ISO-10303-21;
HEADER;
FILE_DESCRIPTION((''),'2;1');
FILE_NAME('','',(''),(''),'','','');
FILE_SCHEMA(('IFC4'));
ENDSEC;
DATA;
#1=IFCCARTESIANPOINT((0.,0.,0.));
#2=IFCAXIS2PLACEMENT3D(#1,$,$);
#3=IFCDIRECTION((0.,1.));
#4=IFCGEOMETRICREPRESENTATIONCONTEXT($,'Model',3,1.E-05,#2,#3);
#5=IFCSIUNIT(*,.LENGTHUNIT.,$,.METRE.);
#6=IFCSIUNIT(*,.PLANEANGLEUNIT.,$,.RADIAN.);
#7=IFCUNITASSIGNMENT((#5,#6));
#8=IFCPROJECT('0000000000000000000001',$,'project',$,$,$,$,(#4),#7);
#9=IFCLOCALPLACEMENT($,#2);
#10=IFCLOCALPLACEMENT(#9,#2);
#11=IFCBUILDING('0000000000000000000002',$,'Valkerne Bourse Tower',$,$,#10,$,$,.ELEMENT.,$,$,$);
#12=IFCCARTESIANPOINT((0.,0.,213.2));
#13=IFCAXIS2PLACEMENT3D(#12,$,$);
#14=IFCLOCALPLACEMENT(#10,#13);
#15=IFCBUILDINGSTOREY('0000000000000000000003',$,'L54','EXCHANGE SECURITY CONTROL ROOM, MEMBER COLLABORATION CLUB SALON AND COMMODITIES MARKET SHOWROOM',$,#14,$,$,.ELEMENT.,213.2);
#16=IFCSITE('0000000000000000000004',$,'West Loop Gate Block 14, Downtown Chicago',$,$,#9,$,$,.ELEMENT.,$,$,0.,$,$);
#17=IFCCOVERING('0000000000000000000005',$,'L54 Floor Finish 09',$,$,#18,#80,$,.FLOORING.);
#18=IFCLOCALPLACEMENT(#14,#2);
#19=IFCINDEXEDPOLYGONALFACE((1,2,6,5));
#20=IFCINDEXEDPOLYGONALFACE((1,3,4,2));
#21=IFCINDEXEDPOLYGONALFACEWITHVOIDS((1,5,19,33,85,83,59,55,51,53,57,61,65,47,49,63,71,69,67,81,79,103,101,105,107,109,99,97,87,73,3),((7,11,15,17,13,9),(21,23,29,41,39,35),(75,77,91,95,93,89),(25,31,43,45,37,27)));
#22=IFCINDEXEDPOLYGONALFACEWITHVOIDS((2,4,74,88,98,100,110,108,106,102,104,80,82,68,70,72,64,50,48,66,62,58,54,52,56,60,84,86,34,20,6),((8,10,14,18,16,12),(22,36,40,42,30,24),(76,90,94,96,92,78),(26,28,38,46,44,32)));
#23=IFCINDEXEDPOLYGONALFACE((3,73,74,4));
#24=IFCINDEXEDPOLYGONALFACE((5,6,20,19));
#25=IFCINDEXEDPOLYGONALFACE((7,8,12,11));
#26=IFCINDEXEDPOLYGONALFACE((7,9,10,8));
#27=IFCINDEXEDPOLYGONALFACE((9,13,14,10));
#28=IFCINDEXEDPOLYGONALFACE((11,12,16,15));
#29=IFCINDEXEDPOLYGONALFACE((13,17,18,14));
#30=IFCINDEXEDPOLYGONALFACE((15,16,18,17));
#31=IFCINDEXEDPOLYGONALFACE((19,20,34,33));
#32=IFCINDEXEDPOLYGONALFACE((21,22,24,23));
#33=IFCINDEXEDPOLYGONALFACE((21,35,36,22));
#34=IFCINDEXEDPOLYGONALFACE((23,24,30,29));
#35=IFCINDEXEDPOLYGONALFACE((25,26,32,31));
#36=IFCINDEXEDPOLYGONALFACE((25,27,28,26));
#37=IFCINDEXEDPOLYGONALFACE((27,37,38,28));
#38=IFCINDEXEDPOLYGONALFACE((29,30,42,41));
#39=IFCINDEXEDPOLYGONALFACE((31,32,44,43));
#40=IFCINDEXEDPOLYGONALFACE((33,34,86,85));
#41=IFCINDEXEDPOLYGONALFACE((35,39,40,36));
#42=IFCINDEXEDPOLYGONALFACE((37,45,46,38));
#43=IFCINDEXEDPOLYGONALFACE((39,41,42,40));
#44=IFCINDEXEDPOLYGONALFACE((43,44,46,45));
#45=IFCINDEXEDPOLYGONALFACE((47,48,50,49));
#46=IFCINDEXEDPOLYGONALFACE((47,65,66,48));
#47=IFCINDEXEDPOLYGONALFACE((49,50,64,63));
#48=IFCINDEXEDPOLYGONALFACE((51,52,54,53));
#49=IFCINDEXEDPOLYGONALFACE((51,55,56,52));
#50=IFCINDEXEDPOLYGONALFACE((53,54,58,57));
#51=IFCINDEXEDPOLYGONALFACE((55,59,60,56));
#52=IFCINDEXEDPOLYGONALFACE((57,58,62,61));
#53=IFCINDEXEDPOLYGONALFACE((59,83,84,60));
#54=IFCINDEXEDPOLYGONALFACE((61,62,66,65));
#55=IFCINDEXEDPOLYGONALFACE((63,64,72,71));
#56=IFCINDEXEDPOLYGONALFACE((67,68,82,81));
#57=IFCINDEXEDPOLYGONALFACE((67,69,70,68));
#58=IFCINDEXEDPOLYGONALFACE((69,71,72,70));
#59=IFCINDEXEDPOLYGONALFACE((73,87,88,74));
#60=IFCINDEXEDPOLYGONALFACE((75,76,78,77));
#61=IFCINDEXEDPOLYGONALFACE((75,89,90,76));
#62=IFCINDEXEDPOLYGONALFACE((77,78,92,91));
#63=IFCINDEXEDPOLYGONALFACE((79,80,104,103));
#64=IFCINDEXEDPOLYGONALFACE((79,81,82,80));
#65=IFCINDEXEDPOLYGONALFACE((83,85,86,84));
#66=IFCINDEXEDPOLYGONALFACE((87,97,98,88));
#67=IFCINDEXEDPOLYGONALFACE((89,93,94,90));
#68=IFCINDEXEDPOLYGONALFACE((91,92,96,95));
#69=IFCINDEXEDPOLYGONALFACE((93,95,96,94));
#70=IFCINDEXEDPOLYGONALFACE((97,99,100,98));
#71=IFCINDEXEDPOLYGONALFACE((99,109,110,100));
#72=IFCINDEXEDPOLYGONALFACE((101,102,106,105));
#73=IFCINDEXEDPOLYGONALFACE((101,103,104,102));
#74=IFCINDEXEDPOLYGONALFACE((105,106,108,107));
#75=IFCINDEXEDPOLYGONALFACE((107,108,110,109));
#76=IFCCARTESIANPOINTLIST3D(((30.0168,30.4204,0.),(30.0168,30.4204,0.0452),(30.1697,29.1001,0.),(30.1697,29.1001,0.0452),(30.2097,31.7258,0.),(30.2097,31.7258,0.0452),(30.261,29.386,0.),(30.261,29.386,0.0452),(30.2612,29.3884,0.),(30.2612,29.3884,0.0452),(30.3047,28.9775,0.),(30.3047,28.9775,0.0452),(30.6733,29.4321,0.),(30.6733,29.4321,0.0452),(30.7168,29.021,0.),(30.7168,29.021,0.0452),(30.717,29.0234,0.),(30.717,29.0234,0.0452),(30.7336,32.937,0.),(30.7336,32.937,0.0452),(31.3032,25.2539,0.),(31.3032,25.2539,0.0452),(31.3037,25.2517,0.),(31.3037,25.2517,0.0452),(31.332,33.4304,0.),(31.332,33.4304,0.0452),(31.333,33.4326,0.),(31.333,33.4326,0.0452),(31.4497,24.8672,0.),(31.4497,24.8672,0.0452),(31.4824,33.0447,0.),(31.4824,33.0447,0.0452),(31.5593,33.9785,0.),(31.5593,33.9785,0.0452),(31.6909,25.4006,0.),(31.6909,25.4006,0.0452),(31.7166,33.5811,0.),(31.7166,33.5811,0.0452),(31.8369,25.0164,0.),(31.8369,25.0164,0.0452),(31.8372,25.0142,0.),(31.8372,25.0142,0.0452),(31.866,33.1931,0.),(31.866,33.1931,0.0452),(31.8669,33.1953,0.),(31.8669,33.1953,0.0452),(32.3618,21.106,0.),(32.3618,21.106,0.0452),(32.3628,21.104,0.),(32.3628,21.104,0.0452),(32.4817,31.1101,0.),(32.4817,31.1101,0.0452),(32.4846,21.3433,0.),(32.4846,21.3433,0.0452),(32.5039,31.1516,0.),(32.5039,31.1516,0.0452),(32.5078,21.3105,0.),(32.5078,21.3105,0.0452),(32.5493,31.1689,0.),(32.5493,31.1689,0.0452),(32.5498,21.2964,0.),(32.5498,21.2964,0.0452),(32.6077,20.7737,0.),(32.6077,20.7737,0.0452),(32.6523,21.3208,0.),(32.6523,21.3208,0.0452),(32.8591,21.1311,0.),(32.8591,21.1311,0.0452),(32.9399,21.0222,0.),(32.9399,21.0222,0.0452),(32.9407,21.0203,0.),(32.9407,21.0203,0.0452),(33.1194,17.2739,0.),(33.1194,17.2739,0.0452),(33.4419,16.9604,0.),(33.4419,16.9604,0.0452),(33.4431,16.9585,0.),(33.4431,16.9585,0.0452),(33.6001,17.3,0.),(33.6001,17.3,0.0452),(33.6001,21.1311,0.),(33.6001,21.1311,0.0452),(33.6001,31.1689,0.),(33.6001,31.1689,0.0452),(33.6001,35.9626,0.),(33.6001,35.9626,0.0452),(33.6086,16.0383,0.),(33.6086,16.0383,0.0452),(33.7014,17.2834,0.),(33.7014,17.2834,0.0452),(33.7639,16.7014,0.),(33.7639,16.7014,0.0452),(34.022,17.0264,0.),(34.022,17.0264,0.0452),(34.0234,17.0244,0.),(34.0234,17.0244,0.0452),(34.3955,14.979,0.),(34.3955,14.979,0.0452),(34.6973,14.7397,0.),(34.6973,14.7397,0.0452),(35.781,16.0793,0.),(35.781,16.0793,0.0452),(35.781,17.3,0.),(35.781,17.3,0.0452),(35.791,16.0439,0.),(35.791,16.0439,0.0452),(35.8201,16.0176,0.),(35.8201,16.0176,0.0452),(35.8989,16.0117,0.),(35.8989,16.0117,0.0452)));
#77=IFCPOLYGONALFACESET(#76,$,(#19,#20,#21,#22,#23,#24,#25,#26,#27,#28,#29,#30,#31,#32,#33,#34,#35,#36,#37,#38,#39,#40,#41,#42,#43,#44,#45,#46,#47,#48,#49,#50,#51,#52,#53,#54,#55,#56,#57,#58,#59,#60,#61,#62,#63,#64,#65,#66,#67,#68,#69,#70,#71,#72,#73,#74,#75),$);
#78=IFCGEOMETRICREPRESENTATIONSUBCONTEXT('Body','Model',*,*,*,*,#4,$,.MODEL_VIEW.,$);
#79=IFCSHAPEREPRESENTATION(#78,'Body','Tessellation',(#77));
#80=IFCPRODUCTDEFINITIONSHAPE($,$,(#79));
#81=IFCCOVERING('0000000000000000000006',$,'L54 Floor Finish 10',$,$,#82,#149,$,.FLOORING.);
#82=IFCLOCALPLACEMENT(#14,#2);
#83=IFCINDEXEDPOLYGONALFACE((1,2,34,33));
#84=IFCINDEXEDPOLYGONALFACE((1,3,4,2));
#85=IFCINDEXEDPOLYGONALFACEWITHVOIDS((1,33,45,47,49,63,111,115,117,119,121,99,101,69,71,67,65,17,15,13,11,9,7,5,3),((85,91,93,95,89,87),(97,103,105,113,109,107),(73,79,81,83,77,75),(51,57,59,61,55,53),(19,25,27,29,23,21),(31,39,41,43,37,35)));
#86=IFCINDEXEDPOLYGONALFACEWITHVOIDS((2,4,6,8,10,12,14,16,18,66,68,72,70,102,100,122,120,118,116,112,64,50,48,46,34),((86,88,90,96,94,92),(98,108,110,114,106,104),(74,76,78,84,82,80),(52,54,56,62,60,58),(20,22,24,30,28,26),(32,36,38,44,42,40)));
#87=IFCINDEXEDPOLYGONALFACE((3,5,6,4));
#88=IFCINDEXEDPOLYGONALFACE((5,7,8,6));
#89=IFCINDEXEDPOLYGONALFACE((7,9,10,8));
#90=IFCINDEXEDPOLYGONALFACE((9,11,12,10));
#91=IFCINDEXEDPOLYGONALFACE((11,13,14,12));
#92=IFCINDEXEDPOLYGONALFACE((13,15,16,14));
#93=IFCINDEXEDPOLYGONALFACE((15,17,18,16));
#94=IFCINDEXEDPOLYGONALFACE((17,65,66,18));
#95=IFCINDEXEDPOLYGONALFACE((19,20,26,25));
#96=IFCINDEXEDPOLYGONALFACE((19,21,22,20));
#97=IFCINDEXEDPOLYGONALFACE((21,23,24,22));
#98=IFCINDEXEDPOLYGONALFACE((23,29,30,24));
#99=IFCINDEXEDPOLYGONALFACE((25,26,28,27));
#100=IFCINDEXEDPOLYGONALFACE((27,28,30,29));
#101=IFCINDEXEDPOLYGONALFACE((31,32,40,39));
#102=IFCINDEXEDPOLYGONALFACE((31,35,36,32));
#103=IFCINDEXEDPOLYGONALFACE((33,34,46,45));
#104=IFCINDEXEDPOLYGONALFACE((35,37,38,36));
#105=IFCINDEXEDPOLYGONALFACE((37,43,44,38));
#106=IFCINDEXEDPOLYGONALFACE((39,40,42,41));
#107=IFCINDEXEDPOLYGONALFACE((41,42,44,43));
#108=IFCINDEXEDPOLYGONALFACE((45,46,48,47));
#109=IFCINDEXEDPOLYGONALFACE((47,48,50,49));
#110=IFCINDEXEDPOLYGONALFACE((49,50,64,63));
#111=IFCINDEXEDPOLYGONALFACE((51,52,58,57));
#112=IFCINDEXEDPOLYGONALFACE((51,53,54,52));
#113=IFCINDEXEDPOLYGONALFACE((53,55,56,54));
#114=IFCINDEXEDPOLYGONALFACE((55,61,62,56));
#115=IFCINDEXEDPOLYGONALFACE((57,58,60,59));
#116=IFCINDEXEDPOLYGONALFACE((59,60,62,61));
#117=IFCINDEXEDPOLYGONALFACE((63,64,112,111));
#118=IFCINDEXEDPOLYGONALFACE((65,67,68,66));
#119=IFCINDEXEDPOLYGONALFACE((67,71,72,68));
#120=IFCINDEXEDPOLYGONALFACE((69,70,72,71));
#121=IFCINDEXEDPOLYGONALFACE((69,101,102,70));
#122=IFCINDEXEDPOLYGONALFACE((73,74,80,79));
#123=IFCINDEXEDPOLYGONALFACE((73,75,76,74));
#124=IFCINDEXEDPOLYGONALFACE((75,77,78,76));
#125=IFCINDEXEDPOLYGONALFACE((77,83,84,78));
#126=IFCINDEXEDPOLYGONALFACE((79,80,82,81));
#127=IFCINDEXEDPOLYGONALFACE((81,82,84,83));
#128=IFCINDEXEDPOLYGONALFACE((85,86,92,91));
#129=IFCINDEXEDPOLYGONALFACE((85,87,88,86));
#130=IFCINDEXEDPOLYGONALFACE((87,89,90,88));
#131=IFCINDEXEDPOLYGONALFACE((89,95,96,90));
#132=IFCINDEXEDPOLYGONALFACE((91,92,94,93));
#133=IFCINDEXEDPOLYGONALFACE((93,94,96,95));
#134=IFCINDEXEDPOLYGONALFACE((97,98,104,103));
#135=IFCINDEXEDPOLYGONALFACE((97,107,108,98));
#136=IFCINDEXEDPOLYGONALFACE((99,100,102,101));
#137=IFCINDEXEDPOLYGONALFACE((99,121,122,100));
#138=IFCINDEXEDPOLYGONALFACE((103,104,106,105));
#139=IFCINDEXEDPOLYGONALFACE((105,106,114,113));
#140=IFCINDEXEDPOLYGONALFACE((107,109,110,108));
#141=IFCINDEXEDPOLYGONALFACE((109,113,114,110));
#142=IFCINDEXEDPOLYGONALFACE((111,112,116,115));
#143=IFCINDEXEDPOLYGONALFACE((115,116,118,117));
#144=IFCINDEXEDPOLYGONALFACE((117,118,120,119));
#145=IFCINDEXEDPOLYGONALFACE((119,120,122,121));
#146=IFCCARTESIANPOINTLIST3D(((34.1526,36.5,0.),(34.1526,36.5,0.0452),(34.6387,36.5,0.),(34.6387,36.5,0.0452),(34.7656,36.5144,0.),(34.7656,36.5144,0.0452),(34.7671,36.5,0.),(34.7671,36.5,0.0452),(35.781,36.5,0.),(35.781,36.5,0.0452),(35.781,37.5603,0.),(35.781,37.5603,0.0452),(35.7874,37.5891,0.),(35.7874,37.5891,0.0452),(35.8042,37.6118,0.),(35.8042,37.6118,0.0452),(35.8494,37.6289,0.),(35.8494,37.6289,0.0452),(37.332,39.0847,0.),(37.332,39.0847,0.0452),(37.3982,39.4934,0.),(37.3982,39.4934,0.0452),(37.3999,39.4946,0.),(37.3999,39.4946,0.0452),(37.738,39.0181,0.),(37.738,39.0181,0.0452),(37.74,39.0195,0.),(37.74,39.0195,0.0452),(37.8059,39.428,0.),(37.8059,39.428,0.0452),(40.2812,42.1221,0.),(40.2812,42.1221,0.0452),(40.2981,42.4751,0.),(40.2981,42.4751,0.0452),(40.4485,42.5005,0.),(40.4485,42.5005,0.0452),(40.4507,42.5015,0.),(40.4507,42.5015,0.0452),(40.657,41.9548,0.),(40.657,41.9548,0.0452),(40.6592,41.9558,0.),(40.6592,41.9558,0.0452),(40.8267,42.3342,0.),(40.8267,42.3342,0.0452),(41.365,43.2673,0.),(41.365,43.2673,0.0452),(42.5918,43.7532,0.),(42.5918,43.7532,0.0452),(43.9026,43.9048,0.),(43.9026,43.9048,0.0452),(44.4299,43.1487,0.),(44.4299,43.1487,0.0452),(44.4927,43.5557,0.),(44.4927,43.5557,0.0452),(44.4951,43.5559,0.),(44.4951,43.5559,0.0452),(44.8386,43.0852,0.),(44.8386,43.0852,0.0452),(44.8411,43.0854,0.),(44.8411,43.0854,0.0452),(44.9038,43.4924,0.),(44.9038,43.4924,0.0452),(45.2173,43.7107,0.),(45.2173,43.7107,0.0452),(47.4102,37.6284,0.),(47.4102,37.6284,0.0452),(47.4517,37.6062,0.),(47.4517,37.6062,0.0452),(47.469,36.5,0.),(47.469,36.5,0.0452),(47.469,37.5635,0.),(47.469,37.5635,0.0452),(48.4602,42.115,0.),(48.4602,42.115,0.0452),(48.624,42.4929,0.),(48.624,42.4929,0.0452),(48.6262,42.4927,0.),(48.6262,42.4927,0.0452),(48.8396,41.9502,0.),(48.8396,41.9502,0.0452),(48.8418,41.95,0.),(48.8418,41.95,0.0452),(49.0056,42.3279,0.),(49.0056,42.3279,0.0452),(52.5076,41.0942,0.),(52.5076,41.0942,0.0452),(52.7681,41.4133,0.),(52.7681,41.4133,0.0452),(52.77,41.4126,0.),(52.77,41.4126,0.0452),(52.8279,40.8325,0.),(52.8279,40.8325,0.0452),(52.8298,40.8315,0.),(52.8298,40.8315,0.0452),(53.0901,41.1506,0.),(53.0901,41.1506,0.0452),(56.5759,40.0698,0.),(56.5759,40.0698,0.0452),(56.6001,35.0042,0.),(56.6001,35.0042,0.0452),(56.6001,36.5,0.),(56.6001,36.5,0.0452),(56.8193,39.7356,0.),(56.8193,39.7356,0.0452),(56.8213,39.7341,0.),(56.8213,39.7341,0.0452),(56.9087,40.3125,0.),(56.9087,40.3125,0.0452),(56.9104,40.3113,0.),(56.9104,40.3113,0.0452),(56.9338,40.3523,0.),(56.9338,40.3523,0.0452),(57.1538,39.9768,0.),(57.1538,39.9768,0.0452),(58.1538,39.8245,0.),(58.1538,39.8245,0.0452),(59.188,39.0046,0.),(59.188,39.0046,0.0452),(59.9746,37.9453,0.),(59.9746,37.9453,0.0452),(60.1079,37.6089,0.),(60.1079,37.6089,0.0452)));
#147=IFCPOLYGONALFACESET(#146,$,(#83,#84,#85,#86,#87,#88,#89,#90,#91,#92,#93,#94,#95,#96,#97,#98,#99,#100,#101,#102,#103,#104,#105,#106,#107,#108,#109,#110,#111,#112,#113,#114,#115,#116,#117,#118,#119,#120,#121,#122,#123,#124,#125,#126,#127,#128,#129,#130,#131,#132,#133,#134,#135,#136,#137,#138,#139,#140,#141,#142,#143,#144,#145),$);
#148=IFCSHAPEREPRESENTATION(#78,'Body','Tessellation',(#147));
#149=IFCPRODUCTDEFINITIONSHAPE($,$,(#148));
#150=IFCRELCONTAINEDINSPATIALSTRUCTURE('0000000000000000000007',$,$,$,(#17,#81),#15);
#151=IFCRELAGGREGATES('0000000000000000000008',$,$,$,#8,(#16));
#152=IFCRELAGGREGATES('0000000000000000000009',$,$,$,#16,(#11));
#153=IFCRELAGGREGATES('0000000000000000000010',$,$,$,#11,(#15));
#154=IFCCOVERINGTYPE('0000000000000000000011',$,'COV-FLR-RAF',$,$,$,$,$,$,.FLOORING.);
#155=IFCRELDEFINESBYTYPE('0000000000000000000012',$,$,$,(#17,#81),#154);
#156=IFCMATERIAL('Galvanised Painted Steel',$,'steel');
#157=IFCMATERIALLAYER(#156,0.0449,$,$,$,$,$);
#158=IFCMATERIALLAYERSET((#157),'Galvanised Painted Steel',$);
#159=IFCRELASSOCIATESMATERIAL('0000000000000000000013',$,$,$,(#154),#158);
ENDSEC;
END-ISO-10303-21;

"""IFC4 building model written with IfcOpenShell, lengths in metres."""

from ifc_helpers import new_model, si_unit, direction, frame, origin, place, context, subcontext, project, spatial, polyline, outline, extrude, material, layer, layer_set, type_object, element, save


model = new_model("IFC4")

# Units and contexts
model_context = context("Model", 3, precision=1e-05, world=origin(), true_north=direction((0.0, 1.0)))
body_context = subcontext(model_context, "Body", "Model", "MODEL_VIEW")
ifc_project = project(units=[si_unit("LENGTHUNIT", "METRE"), si_unit("PLANEANGLEUNIT", "RADIAN")], contexts=[model_context])

# Site, building, storey
site_placement = place(None, origin())
site = spatial("IfcSite", under=ifc_project, at=site_placement, Name="West Loop Gate Block 14, Downtown Chicago", CompositionType="ELEMENT", RefElevation=0.0)
building_placement = place(site_placement, origin())
building = spatial("IfcBuilding", under=site, at=building_placement, Name="Valkerne Bourse Tower", CompositionType="ELEMENT")
storey_placement = place(building_placement, frame((0.0, 0.0, 213.2)))
storey = spatial("IfcBuildingStorey", under=building, at=storey_placement, Name="L54", Description="EXCHANGE SECURITY CONTROL ROOM, MEMBER COLLABORATION CLUB SALON AND COMMODITIES MARKET SHOWROOM", CompositionType="ELEMENT", Elevation=213.2)

# Coverings
ifc_material_1 = material(Name="Galvanised Painted Steel", Category="steel")
ifc_layer_1 = layer(ifc_material_1, 0.0449)
ifc_layer_set_1 = layer_set([ifc_layer_1], Name="Galvanised Painted Steel")
covering_type_1 = type_object("IfcCoveringType", Name="COV-FLR-RAF", PredefinedType="FLOORING", material=ifc_layer_set_1)
covering_1_placement = place(storey_placement, origin())
element("IfcCovering", 1, at=covering_1_placement, inside=storey, type_object=covering_type_1, Name="L54 Floor Finish 09", PredefinedType="FLOORING", context=body_context, shape_type="SweptSolid", body=[
    extrude(outline(polyline([(33.1194, 17.2739), (30.1697, 29.1001), (30.0168, 30.4204), (30.2097, 31.7258), (30.7336, 32.937), (31.5593, 33.9785), (33.6001, 35.9626), (33.6001, 31.1689), (32.5493, 31.1689), (32.5039, 31.1516), (32.4817, 31.1101), (32.4846, 21.3433), (32.5078, 21.3105), (32.5498, 21.2964), (32.6523, 21.3208), (32.3618, 21.106), (32.3628, 21.104), (32.6077, 20.7737), (32.9407, 21.0203), (32.9399, 21.0222), (32.8591, 21.1311), (33.6001, 21.1311), (33.6001, 17.3), (35.781, 17.3), (35.781, 16.0793), (35.791, 16.0439), (35.8201, 16.0176), (35.8989, 16.0117), (34.6973, 14.7397), (34.3955, 14.979), (33.6086, 16.0383), (33.1194, 17.2739)]), holes=[polyline([(34.022, 17.0264), (33.7014, 17.2834), (33.4419, 16.9604), (33.4431, 16.9585), (33.7639, 16.7014), (34.0234, 17.0244), (34.022, 17.0264)]), polyline([(31.8369, 25.0164), (31.6909, 25.4006), (31.3032, 25.2539), (31.3037, 25.2517), (31.4497, 24.8672), (31.8372, 25.0142), (31.8369, 25.0164)]), polyline([(30.717, 29.0234), (30.6733, 29.4321), (30.2612, 29.3884), (30.261, 29.386), (30.3047, 28.9775), (30.7168, 29.021), (30.717, 29.0234)]), polyline([(31.8669, 33.1953), (31.7166, 33.5811), (31.333, 33.4326), (31.332, 33.4304), (31.4824, 33.0447), (31.866, 33.1931), (31.8669, 33.1953)])]), origin(), (0.0, 0.0, 1.0), 0.0452),
])
covering_2_placement = place(storey_placement, origin())
element("IfcCovering", 2, at=covering_2_placement, inside=storey, type_object=covering_type_1, Name="L54 Floor Finish 10", PredefinedType="FLOORING", context=body_context, shape_type="SweptSolid", body=[
    extrude(outline(polyline([(40.2981, 42.4751), (41.365, 43.2673), (42.5918, 43.7532), (43.9026, 43.9048), (45.2173, 43.7107), (56.9338, 40.3523), (58.1538, 39.8245), (59.188, 39.0046), (59.9746, 37.9453), (60.1079, 37.6089), (56.6001, 35.0042), (56.6001, 36.5), (47.469, 36.5), (47.469, 37.5635), (47.4517, 37.6062), (47.4102, 37.6284), (35.8494, 37.6289), (35.8042, 37.6118), (35.7874, 37.5891), (35.781, 37.5603), (35.781, 36.5), (34.7671, 36.5), (34.7656, 36.5144), (34.6387, 36.5), (34.1526, 36.5), (40.2981, 42.4751)]), holes=[polyline([(37.74, 39.0195), (37.8059, 39.428), (37.3999, 39.4946), (37.3982, 39.4934), (37.332, 39.0847), (37.738, 39.0181), (37.74, 39.0195)]), polyline([(40.6592, 41.9558), (40.8267, 42.3342), (40.4507, 42.5015), (40.4485, 42.5005), (40.2812, 42.1221), (40.657, 41.9548), (40.6592, 41.9558)]), polyline([(44.9038, 43.4924), (44.4951, 43.5559), (44.4927, 43.5557), (44.4299, 43.1487), (44.8386, 43.0852), (44.8411, 43.0854), (44.9038, 43.4924)]), polyline([(56.9104, 40.3113), (56.9087, 40.3125), (56.5759, 40.0698), (56.8193, 39.7356), (56.8213, 39.7341), (57.1538, 39.9768), (56.9104, 40.3113)]), polyline([(52.77, 41.4126), (52.7681, 41.4133), (52.5076, 41.0942), (52.8279, 40.8325), (52.8298, 40.8315), (53.0901, 41.1506), (52.77, 41.4126)]), polyline([(49.0056, 42.3279), (48.6262, 42.4927), (48.624, 42.4929), (48.4602, 42.115), (48.8396, 41.9502), (48.8418, 41.95), (49.0056, 42.3279)])]), origin(), (0.0, 0.0, 1.0), 0.0452),
])

save(model, "model.ifc")
